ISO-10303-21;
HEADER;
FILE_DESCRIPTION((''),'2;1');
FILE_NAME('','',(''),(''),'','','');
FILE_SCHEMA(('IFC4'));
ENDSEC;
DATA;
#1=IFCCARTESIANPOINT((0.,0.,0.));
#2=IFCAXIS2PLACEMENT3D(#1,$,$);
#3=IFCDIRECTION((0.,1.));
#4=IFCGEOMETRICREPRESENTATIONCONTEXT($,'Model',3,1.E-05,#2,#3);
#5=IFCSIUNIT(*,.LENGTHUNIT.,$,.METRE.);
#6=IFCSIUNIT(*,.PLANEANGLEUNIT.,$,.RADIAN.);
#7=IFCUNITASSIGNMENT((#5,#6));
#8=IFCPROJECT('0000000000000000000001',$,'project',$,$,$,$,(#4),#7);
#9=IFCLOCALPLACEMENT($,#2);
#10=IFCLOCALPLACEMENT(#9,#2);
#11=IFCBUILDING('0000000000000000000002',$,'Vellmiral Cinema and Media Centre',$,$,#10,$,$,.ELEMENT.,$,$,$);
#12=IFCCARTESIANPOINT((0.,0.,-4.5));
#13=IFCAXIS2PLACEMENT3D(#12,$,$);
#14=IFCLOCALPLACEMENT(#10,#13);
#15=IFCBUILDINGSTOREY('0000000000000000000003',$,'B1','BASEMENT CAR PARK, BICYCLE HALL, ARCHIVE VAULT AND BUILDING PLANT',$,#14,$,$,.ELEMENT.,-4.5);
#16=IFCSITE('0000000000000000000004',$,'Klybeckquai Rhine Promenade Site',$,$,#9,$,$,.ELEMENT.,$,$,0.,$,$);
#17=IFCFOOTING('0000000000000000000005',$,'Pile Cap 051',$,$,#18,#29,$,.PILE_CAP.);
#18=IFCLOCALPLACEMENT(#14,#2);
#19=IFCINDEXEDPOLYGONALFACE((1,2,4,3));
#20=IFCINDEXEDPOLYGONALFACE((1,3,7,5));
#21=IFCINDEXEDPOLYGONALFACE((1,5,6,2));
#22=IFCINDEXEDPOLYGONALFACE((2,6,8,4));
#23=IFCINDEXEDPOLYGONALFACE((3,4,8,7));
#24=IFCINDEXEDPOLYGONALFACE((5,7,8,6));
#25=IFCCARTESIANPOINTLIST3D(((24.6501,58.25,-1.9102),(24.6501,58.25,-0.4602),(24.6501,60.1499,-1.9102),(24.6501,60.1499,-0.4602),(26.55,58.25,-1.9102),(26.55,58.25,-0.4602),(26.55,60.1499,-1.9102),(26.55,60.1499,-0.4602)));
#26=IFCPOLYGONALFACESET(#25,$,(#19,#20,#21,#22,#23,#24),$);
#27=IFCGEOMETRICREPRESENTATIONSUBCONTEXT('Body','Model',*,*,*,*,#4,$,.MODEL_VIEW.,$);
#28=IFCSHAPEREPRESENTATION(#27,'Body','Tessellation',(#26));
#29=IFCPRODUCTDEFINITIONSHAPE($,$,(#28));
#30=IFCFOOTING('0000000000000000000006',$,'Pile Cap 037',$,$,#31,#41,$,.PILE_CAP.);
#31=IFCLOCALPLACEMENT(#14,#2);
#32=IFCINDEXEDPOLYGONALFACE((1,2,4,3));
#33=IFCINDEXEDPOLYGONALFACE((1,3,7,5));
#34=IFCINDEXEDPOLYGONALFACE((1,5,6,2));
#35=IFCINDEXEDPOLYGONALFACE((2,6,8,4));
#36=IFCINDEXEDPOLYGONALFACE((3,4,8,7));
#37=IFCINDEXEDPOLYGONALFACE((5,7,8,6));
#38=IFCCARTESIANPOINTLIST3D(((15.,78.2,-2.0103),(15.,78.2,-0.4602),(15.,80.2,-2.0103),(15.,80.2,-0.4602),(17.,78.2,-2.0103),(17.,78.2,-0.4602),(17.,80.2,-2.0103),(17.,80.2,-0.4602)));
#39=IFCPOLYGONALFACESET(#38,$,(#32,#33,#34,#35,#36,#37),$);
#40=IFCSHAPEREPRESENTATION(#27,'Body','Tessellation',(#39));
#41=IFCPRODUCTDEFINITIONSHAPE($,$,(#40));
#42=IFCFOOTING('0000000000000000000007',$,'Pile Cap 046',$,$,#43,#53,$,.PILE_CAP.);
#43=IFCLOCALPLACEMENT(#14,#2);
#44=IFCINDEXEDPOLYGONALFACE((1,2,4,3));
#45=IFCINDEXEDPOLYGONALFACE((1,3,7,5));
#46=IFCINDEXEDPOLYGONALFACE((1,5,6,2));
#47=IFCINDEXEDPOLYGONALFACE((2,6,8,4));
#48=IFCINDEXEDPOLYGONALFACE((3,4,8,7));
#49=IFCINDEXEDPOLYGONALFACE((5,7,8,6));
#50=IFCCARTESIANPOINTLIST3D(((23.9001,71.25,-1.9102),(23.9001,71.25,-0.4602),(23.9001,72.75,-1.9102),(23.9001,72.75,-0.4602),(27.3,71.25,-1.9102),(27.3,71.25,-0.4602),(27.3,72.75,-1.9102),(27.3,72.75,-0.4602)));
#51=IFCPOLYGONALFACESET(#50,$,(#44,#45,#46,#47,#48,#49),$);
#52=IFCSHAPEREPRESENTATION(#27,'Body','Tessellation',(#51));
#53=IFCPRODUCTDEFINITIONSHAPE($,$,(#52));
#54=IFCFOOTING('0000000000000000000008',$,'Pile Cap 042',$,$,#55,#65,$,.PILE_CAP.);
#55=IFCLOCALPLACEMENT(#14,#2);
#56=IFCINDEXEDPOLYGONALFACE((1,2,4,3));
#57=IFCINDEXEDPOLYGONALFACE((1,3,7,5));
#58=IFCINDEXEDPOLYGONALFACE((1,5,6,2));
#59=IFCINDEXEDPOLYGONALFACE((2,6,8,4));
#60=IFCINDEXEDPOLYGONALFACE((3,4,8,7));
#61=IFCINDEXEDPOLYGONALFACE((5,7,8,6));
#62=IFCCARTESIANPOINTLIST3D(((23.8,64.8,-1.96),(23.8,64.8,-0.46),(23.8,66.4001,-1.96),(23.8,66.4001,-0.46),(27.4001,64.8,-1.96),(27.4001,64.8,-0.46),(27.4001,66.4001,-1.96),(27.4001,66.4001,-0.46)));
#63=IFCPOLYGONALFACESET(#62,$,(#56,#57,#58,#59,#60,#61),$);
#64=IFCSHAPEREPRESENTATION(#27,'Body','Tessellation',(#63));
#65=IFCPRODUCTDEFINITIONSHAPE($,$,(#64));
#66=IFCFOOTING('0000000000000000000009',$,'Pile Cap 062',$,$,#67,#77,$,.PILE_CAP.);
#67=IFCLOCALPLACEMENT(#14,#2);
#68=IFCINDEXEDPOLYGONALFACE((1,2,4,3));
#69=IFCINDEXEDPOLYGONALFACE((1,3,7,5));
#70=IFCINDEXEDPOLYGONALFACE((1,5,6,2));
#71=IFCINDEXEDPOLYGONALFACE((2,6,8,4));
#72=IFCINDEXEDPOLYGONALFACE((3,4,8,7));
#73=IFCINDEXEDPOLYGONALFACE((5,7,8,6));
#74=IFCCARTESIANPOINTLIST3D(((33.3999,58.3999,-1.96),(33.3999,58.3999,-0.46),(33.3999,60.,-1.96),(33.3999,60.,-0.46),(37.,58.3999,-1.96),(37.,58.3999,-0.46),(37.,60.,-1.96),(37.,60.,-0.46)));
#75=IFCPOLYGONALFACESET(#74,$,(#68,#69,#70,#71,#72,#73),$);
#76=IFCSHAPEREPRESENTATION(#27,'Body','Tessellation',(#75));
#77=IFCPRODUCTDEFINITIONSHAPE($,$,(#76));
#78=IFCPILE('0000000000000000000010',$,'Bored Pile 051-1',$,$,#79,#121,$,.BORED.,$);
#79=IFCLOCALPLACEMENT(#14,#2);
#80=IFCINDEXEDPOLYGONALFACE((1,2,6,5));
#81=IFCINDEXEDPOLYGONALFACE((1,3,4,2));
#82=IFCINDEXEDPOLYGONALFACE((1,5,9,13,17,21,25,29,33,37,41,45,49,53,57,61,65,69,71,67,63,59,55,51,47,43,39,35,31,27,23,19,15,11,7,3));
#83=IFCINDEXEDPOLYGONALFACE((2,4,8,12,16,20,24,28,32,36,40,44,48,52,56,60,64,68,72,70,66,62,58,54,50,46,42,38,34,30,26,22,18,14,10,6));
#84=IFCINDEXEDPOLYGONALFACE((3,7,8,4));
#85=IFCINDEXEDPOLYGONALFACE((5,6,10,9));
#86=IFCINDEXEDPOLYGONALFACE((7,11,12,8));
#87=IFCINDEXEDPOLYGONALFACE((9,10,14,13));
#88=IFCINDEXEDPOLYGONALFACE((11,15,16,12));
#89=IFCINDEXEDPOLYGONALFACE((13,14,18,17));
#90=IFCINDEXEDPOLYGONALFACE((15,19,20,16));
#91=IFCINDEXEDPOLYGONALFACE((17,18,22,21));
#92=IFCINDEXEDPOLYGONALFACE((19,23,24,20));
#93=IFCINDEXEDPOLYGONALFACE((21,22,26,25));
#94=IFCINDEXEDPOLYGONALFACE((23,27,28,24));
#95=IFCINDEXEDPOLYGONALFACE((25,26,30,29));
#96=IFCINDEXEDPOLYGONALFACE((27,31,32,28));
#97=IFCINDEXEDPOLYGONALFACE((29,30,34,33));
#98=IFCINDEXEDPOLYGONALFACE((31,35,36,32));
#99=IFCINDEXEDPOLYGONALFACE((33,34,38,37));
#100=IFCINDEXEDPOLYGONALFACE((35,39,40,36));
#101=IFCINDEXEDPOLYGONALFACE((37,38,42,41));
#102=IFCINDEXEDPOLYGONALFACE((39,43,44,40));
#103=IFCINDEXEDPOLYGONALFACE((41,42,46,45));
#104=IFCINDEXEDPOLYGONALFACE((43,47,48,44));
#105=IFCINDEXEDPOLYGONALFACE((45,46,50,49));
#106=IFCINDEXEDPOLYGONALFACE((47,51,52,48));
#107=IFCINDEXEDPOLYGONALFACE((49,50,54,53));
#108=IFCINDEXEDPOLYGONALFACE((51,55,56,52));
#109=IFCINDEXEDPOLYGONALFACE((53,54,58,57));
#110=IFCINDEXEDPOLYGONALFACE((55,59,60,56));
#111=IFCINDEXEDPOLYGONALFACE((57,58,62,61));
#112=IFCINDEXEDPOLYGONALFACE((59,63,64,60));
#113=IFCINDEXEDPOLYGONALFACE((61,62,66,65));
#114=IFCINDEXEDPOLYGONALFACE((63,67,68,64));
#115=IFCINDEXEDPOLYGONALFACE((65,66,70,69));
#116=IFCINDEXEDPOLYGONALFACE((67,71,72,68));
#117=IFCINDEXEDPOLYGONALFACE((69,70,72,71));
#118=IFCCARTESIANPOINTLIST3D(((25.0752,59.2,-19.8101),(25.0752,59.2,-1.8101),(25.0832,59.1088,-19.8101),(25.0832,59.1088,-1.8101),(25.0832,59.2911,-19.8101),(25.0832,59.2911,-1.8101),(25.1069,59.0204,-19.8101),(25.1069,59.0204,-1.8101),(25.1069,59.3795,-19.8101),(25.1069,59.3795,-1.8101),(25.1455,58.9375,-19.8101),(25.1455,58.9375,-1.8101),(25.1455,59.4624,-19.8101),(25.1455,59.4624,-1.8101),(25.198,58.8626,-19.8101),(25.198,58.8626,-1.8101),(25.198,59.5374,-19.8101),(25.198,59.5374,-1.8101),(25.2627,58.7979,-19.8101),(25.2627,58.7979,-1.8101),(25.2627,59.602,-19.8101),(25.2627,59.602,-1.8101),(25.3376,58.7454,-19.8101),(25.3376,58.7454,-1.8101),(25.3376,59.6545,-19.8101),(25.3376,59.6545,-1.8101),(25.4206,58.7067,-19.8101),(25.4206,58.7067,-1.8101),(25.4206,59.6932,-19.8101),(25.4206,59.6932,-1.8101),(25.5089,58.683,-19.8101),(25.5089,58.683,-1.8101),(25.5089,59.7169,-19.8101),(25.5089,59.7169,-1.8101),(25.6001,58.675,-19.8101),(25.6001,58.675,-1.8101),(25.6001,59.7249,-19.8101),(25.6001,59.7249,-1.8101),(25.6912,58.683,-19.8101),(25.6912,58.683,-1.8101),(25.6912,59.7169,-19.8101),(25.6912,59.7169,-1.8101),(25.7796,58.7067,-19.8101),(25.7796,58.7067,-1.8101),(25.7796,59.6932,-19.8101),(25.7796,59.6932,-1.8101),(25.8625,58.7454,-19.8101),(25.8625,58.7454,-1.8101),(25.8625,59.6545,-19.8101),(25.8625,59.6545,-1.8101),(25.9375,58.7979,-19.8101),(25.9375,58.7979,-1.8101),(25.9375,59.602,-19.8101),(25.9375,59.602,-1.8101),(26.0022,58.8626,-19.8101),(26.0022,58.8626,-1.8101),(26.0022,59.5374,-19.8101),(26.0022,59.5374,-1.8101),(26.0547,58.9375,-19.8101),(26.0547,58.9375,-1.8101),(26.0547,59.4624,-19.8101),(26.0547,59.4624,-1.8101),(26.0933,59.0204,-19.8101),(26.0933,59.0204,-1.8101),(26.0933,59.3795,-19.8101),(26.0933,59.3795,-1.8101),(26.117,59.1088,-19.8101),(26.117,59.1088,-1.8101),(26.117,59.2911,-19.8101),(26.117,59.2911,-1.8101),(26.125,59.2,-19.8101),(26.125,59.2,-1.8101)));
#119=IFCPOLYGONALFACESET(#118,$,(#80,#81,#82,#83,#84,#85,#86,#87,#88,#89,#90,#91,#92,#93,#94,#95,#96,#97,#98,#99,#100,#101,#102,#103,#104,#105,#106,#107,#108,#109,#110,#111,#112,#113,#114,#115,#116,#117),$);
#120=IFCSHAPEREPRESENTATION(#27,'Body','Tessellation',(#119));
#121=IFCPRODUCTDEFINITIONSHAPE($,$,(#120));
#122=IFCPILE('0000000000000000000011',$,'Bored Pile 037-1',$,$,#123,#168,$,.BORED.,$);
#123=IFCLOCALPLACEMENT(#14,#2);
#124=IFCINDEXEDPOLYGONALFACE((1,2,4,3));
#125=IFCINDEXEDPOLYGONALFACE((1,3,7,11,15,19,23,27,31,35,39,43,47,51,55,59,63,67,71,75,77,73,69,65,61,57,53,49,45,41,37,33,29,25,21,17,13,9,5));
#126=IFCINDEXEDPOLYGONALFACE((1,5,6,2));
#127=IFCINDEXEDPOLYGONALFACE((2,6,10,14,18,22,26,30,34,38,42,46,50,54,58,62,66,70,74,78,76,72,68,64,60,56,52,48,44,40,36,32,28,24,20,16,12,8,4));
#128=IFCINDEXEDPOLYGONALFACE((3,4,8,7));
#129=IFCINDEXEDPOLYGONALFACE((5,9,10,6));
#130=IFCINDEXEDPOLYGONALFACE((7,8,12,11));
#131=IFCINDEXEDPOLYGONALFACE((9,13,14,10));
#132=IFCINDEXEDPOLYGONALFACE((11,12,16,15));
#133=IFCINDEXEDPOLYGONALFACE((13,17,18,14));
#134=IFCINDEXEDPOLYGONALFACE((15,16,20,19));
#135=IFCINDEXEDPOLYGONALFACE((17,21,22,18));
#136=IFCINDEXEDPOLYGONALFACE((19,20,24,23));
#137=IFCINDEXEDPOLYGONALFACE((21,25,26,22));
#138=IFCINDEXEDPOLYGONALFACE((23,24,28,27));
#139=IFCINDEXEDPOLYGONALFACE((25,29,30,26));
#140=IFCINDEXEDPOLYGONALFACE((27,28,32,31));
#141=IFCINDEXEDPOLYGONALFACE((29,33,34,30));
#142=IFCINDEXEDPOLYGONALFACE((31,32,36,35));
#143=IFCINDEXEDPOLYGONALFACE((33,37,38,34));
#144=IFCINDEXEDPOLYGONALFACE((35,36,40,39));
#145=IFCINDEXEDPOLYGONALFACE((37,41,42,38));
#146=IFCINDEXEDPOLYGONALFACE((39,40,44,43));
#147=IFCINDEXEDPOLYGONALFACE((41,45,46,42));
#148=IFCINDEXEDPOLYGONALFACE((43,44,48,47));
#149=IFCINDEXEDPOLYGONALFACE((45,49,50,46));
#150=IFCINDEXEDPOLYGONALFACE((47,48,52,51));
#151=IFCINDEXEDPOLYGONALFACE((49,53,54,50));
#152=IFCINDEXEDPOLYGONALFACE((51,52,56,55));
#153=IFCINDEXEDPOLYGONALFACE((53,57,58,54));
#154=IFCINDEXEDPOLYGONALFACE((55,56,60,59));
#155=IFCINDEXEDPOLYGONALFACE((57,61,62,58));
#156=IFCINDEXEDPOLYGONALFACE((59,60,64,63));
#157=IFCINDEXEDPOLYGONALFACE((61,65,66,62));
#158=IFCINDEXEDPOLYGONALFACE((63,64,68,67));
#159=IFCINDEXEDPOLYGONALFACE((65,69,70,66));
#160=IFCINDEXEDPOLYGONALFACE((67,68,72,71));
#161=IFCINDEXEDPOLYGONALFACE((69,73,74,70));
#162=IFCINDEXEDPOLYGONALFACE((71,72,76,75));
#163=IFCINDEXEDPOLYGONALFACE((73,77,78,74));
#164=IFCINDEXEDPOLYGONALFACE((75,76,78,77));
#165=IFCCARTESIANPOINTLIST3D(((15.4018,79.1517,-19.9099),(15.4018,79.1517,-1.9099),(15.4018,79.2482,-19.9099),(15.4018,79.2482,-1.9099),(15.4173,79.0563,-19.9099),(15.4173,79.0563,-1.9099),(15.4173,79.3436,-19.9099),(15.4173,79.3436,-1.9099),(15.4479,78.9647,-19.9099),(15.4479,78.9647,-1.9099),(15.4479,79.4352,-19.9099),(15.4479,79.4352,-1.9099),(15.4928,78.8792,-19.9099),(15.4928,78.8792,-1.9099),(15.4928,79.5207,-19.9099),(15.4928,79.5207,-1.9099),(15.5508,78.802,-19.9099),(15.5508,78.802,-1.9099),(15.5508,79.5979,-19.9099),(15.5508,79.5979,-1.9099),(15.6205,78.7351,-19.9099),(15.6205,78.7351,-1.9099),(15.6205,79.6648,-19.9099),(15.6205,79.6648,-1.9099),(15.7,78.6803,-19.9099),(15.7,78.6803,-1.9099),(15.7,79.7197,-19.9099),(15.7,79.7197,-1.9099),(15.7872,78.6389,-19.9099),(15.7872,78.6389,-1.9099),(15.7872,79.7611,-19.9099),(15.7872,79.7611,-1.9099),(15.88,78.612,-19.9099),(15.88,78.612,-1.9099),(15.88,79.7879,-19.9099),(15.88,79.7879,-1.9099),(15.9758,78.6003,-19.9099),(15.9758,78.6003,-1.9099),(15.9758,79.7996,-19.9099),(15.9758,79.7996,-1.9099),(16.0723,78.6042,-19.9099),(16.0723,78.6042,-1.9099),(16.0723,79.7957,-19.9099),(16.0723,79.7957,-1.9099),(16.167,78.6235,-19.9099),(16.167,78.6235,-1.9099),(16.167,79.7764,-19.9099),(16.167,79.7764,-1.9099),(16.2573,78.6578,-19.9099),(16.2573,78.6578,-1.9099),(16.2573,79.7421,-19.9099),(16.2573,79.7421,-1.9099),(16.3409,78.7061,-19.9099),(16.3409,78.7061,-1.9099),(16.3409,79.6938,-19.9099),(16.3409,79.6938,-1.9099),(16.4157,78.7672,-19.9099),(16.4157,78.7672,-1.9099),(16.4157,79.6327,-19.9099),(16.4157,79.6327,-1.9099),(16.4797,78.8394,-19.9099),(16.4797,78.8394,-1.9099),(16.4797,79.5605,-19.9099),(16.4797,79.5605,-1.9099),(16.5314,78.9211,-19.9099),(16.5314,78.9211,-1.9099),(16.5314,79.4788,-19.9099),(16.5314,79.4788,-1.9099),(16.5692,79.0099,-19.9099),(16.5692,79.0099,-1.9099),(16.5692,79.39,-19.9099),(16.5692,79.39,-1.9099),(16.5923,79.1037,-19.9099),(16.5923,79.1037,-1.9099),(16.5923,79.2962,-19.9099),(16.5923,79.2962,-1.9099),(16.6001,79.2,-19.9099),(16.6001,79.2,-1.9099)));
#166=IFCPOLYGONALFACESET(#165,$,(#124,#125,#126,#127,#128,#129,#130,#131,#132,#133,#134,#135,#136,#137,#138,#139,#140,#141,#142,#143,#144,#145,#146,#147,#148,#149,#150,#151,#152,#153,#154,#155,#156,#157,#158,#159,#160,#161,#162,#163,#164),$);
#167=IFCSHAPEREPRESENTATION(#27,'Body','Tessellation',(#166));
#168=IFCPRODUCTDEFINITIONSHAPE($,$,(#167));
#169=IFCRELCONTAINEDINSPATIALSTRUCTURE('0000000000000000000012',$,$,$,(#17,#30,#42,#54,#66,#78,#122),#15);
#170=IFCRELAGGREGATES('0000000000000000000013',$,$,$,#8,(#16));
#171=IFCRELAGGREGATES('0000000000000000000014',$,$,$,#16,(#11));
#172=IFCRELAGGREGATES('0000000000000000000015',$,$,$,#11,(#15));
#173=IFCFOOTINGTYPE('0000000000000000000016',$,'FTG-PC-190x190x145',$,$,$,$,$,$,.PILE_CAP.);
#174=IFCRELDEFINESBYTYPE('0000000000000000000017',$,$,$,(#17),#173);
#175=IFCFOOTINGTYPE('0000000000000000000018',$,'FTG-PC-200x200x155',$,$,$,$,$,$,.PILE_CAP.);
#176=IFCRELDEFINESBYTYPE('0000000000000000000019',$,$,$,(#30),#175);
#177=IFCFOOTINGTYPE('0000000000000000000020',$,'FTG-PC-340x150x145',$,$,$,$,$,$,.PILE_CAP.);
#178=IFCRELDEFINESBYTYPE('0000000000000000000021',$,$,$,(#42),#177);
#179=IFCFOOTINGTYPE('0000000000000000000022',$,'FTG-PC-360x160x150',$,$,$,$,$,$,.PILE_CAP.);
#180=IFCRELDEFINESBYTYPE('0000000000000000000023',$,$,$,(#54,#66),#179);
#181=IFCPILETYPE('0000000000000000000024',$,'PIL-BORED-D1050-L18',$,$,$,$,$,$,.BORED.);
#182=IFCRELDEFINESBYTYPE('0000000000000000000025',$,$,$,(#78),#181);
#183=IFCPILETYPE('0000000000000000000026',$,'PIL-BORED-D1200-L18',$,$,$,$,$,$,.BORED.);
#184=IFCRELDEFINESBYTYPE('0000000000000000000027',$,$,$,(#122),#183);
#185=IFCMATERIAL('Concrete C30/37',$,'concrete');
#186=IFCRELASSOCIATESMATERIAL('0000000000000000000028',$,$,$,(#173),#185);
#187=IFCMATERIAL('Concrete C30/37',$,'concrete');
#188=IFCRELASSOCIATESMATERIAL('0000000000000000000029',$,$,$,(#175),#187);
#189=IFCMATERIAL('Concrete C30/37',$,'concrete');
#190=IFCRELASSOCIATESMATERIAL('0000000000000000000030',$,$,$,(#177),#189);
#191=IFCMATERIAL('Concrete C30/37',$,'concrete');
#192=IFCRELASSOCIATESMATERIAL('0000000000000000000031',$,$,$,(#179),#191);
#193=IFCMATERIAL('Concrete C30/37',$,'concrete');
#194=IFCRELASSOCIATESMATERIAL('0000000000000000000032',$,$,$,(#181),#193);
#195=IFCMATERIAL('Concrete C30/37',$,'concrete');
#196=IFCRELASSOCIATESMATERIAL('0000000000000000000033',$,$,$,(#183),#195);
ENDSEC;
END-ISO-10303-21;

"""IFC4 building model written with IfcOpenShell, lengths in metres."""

from ifc_helpers import new_model, si_unit, direction, frame, origin, origin_2d, place, context, subcontext, project, spatial, rectangle, circle, extrude, material, material_profile, profile_set, type_object, element, save


model = new_model("IFC4")

# Units and contexts
model_context = context("Model", 3, precision=1e-05, world=origin(), true_north=direction((0.0, 1.0)))
body_context = subcontext(model_context, "Body", "Model", "MODEL_VIEW")
ifc_project = project(units=[si_unit("LENGTHUNIT", "METRE"), si_unit("PLANEANGLEUNIT", "RADIAN")], contexts=[model_context])

# Site, building, storey
site_placement = place(None, origin())
site = spatial("IfcSite", under=ifc_project, at=site_placement, Name="Klybeckquai Rhine Promenade Site", CompositionType="ELEMENT", RefElevation=0.0)
building_placement = place(site_placement, origin())
building = spatial("IfcBuilding", under=site, at=building_placement, Name="Vellmiral Cinema and Media Centre", CompositionType="ELEMENT")
storey_placement = place(building_placement, frame((0.0, 0.0, -4.5)))
storey = spatial("IfcBuildingStorey", under=building, at=storey_placement, Name="B1", Description="BASEMENT CAR PARK, BICYCLE HALL, ARCHIVE VAULT AND BUILDING PLANT", CompositionType="ELEMENT", Elevation=-4.5)

# Footings
ifc_material_1 = material(Name="Concrete C30/37", Category="concrete")
footing_type_1 = type_object("IfcFootingType", Name="FTG-PC-190x190x145", PredefinedType="PILE_CAP", material=ifc_material_1)
footing_1_placement = place(storey_placement, frame((25.6001, 59.2, -1.9102), z_axis=(0.0, 0.0, 1.0), x_axis=(1.0, 0.0, 0.0)))
element("IfcFooting", 1, at=footing_1_placement, inside=storey, type_object=footing_type_1, Name="Pile Cap 051", PredefinedType="PILE_CAP", context=body_context, shape_type="SweptSolid", body=[
    extrude(rectangle(XDim=1.8999, YDim=1.8999, at=origin_2d()), origin(), (0.0, 0.0, 1.0), 1.45),
])
ifc_material_2 = material(Name="Concrete C30/37", Category="concrete")
footing_type_2 = type_object("IfcFootingType", Name="FTG-PC-200x200x155", PredefinedType="PILE_CAP", material=ifc_material_2)
footing_2_placement = place(storey_placement, frame((16.0, 79.2, -2.0103), z_axis=(0.0, 0.0, 1.0), x_axis=(1.0, 0.0, 0.0)))
element("IfcFooting", 2, at=footing_2_placement, inside=storey, type_object=footing_type_2, Name="Pile Cap 037", PredefinedType="PILE_CAP", context=body_context, shape_type="SweptSolid", body=[
    extrude(rectangle(XDim=2.0, YDim=2.0, at=origin_2d()), origin(), (0.0, 0.0, 1.0), 1.55),
])
ifc_material_3 = material(Name="Concrete C30/37", Category="concrete")
footing_type_3 = type_object("IfcFootingType", Name="FTG-PC-340x150x145", PredefinedType="PILE_CAP", material=ifc_material_3)
footing_3_placement = place(storey_placement, frame((25.6001, 72.0, -1.9102), z_axis=(0.0, 0.0, 1.0), x_axis=(1.0, 0.0, 0.0)))
element("IfcFooting", 3, at=footing_3_placement, inside=storey, type_object=footing_type_3, Name="Pile Cap 046", PredefinedType="PILE_CAP", context=body_context, shape_type="SweptSolid", body=[
    extrude(rectangle(XDim=3.3999, YDim=1.5, at=origin_2d()), origin(), (0.0, 0.0, 1.0), 1.45),
])
ifc_material_4 = material(Name="Concrete C30/37", Category="concrete")
footing_type_4 = type_object("IfcFootingType", Name="FTG-PC-360x160x150", PredefinedType="PILE_CAP", material=ifc_material_4)
for number, where, z_axis, x_axis, name in (
    (4, (25.6001, 65.6001, -1.96), (0.0, 0.0, 1.0), (1.0, 0.0, 0.0), "Pile Cap 042"),
    (5, (35.2, 59.2, -1.96), (0.0, 0.0, 1.0), (1.0, 0.0, 0.0), "Pile Cap 062"),
):
    element("IfcFooting", number, at=place(storey_placement, frame(where, z_axis=z_axis, x_axis=x_axis)), inside=storey, type_object=footing_type_4, Name=name, PredefinedType="PILE_CAP", context=body_context, shape_type="SweptSolid", body=[
        extrude(rectangle(XDim=3.6001, YDim=1.6001, at=origin_2d()), origin(), (0.0, 0.0, 1.0), 1.5),
    ])

# Piles
ifc_material_5 = material(Name="Concrete C30/37", Category="concrete")
ifc_material_profile_1 = material_profile(ifc_material_5, circle(Radius=0.5249, at=origin_2d()), Name="PILE D1050")
ifc_profile_set_1 = profile_set([ifc_material_profile_1], Name="Concrete C30/37")
pile_type_1 = type_object("IfcPileType", Name="PIL-BORED-D1050-L18", PredefinedType="BORED", material=ifc_profile_set_1)
pile_1_placement = place(storey_placement, frame((25.6001, 59.2, -1.8101), z_axis=(0.0, 0.0, -1.0), x_axis=(1.0, 0.0, 0.0)))
element("IfcPile", 6, at=pile_1_placement, inside=storey, type_object=pile_type_1, Name="Bored Pile 051-1", PredefinedType="BORED", context=body_context, shape_type="SweptSolid", body=[
    extrude(circle(Radius=0.5249, at=origin_2d()), origin(), (0.0, 0.0, 1.0), 18.0),
])
ifc_material_6 = material(Name="Concrete C30/37", Category="concrete")
ifc_material_profile_2 = material_profile(ifc_material_6, circle(Radius=0.6001, at=origin_2d()), Name="PILE D1200")
ifc_profile_set_2 = profile_set([ifc_material_profile_2], Name="Concrete C30/37")
pile_type_2 = type_object("IfcPileType", Name="PIL-BORED-D1200-L18", PredefinedType="BORED", material=ifc_profile_set_2)
pile_2_placement = place(storey_placement, frame((16.0, 79.2, -1.9099), z_axis=(0.0, 0.0, -1.0), x_axis=(1.0, 0.0, 0.0)))
element("IfcPile", 7, at=pile_2_placement, inside=storey, type_object=pile_type_2, Name="Bored Pile 037-1", PredefinedType="BORED", context=body_context, shape_type="SweptSolid", body=[
    extrude(circle(Radius=0.6001, at=origin_2d()), origin(), (0.0, 0.0, 1.0), 18.0),
])

save(model, "model.ifc")
